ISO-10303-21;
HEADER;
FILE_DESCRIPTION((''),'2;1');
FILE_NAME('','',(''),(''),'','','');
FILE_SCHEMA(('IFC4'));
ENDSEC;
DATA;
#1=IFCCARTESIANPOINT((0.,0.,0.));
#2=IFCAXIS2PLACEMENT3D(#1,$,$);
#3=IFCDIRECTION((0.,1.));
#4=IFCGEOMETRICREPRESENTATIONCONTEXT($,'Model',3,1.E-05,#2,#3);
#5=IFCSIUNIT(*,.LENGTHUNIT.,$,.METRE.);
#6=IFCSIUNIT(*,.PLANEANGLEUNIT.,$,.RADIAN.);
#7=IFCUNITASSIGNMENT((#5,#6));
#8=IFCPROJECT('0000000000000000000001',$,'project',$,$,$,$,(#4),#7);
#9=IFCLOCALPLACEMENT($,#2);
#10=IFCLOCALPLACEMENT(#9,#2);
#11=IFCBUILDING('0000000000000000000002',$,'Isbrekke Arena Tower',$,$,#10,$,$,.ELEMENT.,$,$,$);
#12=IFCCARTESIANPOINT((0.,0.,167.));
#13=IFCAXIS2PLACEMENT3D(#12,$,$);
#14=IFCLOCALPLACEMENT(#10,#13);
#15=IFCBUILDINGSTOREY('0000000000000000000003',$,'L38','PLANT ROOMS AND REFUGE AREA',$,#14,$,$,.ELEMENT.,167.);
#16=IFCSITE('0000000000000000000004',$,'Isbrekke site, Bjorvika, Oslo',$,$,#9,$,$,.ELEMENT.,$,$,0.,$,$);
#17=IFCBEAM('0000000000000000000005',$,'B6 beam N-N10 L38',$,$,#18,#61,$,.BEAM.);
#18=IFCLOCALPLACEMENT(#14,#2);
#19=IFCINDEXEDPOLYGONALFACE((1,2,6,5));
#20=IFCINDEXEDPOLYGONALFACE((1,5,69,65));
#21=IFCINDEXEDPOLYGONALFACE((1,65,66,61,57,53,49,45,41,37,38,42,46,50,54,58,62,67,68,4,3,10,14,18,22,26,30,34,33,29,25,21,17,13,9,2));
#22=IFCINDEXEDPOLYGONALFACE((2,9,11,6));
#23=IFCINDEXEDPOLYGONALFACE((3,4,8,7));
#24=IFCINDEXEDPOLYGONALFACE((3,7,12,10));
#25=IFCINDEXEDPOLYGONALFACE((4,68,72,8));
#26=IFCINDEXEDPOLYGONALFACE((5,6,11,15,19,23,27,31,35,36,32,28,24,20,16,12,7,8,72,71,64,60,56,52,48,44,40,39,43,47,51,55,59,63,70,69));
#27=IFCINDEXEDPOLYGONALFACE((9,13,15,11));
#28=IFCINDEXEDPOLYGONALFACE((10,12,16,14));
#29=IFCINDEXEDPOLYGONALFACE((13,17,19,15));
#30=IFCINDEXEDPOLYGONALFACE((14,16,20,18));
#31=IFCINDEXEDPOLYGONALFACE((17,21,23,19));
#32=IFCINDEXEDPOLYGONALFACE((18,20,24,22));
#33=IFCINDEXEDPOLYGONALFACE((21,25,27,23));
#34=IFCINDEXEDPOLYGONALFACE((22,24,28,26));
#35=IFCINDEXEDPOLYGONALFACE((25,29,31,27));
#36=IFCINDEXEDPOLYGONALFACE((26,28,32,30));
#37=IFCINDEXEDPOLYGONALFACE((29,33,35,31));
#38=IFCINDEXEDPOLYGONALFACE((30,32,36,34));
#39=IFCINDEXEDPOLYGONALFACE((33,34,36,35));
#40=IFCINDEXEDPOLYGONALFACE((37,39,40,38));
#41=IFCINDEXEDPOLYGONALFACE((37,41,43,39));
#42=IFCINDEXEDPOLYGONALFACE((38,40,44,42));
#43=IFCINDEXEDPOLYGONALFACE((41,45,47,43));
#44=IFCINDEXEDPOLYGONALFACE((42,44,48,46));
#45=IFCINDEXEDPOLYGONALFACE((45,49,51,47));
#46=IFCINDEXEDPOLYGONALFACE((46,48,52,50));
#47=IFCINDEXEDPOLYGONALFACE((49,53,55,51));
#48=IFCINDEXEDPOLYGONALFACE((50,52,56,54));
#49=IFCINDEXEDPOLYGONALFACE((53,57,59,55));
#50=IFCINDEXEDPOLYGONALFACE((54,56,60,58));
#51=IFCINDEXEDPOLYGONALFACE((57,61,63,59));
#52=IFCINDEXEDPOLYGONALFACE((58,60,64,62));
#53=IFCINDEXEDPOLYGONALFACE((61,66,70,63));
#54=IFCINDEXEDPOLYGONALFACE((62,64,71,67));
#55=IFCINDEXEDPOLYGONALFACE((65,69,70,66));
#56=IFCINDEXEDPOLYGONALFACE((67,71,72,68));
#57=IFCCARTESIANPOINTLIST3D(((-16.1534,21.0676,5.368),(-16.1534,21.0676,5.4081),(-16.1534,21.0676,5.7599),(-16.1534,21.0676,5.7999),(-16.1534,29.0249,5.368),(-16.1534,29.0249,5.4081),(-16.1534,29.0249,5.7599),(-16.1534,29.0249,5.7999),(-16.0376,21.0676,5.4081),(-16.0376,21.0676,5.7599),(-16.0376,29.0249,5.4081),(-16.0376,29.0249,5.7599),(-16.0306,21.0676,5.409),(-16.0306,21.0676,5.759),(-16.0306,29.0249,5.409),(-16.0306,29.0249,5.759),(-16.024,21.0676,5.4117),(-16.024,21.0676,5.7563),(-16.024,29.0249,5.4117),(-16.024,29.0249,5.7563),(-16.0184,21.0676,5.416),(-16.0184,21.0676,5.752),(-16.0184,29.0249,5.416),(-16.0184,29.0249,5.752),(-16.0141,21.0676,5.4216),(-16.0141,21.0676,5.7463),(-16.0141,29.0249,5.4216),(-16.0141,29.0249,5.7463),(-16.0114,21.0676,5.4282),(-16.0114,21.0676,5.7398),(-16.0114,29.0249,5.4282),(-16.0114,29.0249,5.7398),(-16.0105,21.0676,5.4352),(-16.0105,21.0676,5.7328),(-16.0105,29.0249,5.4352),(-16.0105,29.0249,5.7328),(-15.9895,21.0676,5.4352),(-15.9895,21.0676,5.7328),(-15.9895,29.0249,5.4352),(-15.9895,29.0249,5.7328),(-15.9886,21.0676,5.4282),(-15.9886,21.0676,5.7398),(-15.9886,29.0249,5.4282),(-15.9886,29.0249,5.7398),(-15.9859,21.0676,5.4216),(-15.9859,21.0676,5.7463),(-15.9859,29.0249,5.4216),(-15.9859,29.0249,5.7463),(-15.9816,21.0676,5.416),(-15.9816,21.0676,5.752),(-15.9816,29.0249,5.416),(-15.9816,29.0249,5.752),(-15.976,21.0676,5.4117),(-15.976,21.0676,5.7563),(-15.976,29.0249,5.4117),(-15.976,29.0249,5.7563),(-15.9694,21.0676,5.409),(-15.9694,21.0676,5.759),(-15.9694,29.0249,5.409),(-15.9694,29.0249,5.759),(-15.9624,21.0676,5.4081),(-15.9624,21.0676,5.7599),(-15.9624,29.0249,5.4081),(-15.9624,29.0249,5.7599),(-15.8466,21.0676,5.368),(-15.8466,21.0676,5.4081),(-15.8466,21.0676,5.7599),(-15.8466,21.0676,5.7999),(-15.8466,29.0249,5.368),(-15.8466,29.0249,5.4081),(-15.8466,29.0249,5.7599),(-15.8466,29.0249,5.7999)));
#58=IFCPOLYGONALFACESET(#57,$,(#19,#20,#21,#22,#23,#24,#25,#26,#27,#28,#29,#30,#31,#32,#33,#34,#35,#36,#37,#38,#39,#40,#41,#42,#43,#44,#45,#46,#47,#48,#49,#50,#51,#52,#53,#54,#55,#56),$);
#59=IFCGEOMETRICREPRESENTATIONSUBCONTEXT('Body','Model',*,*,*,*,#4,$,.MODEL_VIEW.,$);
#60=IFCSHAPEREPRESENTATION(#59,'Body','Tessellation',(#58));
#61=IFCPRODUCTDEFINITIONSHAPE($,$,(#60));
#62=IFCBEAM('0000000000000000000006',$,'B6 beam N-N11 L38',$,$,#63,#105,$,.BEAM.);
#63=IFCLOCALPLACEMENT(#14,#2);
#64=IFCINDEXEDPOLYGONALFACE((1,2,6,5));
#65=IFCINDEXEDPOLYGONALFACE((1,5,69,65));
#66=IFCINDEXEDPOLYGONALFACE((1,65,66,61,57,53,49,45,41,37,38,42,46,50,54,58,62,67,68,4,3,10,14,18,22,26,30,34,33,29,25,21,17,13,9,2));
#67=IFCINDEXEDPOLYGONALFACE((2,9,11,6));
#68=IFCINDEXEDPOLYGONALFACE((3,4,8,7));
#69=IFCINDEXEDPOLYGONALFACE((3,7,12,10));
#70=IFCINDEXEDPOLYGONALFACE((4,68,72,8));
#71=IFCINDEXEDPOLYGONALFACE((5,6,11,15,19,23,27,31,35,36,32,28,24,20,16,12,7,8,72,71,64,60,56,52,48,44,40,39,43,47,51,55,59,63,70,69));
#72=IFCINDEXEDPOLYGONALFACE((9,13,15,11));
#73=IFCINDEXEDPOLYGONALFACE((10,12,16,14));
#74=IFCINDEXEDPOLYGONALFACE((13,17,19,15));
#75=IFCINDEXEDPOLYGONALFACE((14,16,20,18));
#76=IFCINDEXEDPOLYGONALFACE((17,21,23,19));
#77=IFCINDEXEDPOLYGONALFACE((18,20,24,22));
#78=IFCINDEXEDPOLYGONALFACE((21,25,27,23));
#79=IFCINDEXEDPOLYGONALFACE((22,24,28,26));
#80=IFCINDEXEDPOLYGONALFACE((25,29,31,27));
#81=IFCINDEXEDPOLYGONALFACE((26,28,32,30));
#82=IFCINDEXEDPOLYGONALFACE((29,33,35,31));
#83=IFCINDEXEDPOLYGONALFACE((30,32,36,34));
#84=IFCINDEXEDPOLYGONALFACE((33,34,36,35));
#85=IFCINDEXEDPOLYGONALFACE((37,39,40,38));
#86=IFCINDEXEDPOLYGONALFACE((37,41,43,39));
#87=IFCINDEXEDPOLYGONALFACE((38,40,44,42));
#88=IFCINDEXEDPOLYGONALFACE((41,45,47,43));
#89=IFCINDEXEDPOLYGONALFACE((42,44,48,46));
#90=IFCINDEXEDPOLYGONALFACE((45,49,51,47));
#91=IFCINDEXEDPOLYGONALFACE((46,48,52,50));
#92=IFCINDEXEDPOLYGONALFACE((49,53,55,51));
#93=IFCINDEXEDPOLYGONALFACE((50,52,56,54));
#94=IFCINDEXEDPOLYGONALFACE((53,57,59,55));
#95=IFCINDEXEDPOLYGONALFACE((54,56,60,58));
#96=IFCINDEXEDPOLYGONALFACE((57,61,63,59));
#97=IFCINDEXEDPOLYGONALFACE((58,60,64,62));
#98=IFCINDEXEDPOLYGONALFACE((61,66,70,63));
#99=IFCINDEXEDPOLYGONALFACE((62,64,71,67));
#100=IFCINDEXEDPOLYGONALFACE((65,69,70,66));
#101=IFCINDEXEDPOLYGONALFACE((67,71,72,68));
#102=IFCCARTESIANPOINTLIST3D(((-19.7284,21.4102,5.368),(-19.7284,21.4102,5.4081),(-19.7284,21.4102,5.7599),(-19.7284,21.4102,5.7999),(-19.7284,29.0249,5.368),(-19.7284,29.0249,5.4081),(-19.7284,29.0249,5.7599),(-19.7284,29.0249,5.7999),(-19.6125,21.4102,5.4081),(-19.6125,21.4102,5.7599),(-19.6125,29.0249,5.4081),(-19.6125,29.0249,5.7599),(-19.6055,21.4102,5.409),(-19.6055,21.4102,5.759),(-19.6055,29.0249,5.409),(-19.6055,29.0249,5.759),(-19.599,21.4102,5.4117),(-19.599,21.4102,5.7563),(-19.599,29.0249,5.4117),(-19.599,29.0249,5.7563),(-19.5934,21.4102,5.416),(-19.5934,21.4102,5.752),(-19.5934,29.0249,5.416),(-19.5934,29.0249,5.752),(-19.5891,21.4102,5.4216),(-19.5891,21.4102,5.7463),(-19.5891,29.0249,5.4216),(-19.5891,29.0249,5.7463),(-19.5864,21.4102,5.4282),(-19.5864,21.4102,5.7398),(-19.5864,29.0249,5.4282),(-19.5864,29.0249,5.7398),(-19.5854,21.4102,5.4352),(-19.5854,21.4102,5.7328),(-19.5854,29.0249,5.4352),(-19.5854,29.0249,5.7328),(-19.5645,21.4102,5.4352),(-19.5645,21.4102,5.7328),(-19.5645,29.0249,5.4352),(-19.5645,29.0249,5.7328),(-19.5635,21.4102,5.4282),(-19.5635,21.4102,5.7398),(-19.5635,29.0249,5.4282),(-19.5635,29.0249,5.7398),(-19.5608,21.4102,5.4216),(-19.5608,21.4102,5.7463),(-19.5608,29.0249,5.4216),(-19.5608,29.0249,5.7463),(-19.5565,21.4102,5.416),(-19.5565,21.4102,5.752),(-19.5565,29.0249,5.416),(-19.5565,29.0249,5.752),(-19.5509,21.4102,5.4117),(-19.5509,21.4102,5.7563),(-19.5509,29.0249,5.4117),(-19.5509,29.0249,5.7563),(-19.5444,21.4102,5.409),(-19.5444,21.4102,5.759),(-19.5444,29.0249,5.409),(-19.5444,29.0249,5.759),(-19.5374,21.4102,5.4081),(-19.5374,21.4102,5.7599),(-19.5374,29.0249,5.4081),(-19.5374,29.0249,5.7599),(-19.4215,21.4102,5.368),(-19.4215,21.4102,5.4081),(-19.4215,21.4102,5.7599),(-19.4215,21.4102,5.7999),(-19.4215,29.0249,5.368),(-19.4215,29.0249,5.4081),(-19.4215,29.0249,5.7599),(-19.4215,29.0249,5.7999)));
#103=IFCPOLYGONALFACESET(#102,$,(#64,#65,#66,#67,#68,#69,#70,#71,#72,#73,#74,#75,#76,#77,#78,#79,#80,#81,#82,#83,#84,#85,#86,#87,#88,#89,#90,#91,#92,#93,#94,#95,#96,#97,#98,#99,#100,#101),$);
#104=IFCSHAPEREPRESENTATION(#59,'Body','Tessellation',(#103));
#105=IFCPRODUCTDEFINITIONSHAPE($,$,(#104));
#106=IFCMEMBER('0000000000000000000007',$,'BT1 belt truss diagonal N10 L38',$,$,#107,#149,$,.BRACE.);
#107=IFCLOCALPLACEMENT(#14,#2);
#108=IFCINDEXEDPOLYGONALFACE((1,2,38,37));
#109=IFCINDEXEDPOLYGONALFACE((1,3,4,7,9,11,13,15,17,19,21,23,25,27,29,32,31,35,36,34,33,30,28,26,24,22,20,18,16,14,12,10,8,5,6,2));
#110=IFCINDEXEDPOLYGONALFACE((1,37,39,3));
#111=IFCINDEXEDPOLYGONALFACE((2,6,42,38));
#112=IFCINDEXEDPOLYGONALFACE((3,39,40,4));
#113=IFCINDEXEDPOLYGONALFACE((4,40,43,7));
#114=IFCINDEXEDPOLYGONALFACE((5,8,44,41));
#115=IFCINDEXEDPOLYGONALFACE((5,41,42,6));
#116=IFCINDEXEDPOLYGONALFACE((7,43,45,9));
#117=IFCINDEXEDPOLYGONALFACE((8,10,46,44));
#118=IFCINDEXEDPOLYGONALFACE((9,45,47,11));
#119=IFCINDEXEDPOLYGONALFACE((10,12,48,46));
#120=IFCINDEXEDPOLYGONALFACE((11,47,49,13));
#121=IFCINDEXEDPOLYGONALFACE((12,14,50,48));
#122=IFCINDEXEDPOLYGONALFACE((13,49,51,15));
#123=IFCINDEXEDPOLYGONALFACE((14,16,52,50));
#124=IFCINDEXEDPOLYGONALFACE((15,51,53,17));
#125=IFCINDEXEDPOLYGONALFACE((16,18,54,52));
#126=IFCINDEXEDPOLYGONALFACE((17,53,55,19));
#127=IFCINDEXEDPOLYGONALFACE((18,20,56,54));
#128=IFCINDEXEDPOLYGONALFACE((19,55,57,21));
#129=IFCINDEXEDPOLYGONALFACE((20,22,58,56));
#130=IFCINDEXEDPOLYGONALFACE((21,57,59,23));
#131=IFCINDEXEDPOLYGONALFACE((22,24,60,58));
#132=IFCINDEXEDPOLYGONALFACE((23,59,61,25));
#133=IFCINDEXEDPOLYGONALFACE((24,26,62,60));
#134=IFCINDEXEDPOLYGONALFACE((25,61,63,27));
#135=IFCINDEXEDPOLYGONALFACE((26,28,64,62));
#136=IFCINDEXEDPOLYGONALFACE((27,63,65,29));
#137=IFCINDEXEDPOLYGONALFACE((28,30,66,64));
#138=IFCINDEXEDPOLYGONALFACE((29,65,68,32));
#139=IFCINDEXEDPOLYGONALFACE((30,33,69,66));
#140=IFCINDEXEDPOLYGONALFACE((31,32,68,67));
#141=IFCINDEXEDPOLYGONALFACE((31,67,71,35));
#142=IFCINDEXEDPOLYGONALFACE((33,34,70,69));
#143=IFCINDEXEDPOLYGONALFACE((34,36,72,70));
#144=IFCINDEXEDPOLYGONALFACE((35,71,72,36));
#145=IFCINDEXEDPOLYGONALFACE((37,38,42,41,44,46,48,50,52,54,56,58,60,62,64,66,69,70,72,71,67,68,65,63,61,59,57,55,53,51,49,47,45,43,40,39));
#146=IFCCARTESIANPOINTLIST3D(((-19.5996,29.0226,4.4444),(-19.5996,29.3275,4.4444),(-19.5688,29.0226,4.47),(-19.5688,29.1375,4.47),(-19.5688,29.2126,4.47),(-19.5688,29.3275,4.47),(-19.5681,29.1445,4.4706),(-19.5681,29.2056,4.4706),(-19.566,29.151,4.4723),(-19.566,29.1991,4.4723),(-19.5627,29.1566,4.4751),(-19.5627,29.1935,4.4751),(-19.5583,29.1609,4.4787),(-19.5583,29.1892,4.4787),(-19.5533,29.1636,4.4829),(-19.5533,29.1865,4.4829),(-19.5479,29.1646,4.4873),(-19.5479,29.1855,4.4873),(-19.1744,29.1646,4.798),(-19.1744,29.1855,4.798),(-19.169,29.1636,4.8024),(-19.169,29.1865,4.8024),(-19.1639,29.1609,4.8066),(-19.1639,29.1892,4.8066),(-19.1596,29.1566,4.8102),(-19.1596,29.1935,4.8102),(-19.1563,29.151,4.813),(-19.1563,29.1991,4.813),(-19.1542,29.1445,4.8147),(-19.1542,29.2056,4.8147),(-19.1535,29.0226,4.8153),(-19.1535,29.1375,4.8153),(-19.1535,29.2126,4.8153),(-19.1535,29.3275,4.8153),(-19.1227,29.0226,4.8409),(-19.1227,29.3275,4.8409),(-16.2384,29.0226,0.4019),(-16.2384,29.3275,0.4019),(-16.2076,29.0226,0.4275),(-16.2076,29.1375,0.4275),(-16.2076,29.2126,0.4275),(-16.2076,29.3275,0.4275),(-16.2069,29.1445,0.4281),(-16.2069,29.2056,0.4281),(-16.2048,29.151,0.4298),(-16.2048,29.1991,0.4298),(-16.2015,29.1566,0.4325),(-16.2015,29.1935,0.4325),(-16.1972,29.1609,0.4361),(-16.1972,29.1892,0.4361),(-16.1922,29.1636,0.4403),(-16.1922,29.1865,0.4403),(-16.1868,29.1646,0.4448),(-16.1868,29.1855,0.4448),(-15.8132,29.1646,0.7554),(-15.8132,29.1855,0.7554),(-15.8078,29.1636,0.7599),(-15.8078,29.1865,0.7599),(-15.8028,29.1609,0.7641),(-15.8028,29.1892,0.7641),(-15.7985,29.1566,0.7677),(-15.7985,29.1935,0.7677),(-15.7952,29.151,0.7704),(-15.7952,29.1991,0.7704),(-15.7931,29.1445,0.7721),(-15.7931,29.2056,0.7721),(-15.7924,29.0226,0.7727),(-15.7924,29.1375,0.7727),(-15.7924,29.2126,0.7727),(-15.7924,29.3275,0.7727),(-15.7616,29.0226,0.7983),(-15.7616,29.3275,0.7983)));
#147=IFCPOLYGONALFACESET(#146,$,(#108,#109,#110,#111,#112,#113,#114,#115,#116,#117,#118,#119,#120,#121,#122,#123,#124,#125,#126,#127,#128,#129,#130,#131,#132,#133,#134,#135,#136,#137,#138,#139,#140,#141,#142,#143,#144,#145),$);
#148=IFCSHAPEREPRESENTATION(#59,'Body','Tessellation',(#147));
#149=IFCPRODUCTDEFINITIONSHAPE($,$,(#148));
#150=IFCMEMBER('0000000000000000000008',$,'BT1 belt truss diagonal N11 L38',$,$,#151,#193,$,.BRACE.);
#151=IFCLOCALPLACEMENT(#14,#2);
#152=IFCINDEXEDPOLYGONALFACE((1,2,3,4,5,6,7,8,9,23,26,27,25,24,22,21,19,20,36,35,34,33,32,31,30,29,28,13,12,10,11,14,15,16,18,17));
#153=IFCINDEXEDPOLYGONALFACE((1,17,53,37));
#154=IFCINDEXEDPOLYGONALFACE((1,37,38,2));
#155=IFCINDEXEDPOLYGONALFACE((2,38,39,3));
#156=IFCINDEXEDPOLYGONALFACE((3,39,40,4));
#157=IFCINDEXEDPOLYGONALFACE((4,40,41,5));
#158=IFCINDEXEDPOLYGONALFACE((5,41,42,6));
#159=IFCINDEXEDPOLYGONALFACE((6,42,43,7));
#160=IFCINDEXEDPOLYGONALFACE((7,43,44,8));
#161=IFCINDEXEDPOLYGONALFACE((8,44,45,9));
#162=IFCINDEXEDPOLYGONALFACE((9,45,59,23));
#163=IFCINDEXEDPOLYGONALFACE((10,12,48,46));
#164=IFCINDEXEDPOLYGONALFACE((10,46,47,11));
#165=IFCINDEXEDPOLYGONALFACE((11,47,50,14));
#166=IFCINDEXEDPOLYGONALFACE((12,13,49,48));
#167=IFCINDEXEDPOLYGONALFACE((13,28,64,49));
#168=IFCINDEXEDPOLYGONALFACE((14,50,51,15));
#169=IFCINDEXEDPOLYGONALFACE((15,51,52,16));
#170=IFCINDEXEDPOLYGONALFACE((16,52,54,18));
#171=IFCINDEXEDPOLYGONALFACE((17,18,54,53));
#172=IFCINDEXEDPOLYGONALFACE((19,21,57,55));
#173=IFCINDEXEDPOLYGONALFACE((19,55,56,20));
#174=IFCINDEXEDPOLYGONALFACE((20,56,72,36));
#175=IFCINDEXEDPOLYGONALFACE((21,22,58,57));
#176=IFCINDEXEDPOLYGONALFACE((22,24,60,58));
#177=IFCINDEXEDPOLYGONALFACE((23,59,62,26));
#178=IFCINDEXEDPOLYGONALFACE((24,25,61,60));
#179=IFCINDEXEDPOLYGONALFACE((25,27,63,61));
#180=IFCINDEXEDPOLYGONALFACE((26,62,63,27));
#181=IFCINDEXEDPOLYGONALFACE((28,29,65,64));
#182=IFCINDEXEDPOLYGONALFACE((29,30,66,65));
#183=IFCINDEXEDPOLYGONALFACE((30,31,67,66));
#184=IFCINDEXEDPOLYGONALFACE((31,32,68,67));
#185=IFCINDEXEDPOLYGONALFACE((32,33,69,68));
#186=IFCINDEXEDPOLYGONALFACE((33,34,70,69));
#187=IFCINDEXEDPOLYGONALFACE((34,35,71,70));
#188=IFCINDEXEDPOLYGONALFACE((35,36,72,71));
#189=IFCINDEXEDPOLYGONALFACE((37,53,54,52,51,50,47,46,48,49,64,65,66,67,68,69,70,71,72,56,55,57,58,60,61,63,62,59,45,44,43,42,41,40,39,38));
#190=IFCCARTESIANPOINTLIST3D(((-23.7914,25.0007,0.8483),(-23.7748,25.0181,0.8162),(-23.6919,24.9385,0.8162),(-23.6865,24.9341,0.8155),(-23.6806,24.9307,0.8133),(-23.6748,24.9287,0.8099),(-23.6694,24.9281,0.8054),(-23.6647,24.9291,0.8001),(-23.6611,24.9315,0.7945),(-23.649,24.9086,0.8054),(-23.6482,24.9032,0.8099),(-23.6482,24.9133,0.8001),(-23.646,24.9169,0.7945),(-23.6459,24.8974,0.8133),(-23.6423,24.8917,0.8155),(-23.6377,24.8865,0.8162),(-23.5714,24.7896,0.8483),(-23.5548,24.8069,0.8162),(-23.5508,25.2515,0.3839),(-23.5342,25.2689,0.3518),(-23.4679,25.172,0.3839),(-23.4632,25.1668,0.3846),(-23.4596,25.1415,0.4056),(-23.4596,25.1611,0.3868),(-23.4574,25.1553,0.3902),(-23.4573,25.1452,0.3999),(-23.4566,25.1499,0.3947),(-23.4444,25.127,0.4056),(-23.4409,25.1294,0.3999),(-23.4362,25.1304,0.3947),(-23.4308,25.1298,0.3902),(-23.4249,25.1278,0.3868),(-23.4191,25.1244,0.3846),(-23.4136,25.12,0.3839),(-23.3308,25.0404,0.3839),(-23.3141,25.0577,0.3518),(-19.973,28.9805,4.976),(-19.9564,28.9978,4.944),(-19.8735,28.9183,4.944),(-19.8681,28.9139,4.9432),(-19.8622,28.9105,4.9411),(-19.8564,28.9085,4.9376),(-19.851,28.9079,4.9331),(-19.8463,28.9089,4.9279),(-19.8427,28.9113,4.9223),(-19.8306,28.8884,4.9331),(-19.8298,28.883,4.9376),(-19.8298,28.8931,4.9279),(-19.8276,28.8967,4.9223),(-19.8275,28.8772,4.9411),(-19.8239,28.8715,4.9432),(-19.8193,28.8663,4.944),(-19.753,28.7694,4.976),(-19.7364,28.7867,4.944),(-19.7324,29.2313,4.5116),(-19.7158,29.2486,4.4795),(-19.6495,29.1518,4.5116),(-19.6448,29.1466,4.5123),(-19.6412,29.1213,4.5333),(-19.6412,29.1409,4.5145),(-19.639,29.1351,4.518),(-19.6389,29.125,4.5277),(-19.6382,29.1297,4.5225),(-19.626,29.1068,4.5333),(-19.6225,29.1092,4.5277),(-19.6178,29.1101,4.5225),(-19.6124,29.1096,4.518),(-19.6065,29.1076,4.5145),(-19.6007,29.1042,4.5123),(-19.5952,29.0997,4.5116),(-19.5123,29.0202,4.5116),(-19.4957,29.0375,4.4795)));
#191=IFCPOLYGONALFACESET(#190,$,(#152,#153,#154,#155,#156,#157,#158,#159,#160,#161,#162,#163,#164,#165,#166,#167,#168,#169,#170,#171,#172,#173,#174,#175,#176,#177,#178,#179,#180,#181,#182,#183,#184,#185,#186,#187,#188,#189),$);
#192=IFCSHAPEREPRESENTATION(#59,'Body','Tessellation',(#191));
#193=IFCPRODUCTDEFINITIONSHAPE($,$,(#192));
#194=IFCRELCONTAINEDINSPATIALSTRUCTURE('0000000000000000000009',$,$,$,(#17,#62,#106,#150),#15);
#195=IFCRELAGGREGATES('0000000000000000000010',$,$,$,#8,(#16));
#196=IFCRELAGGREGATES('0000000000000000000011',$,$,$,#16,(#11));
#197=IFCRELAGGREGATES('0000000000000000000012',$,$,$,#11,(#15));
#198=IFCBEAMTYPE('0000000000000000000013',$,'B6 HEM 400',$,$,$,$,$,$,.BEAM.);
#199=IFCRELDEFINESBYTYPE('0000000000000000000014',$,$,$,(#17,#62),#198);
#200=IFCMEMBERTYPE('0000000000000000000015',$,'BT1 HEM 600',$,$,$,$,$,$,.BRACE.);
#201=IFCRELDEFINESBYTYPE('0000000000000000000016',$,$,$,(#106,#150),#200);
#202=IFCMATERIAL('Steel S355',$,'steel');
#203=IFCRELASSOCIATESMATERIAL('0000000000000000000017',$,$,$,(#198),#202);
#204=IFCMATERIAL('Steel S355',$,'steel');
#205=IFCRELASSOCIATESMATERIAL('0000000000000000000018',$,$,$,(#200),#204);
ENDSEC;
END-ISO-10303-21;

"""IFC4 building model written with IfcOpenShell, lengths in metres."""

from ifc_helpers import new_model, si_unit, direction, frame, origin, origin_2d, place, context, subcontext, project, spatial, i_section, extrude, material, material_profile, profile_set, type_object, element, save


model = new_model("IFC4")

# Units and contexts
model_context = context("Model", 3, precision=1e-05, world=origin(), true_north=direction((0.0, 1.0)))
body_context = subcontext(model_context, "Body", "Model", "MODEL_VIEW")
ifc_project = project(units=[si_unit("LENGTHUNIT", "METRE"), si_unit("PLANEANGLEUNIT", "RADIAN")], contexts=[model_context])

# Site, building, storey
site_placement = place(None, origin())
site = spatial("IfcSite", under=ifc_project, at=site_placement, Name="Isbrekke site, Bjorvika, Oslo", CompositionType="ELEMENT", RefElevation=0.0)
building_placement = place(site_placement, origin())
building = spatial("IfcBuilding", under=site, at=building_placement, Name="Isbrekke Arena Tower", CompositionType="ELEMENT")
storey_placement = place(building_placement, frame((0.0, 0.0, 167.0)))
storey = spatial("IfcBuildingStorey", under=building, at=storey_placement, Name="L38", Description="PLANT ROOMS AND REFUGE AREA", CompositionType="ELEMENT", Elevation=167.0)

# Beams
ifc_material_1 = material(Name="Steel S355", Category="steel")
ifc_material_profile_1 = material_profile(ifc_material_1, i_section(OverallWidth=0.3069, OverallDepth=0.4319, WebThickness=0.021, FlangeThickness=0.04, FilletRadius=0.0271, at=origin_2d()), Name="HEM 400")
ifc_profile_set_1 = profile_set([ifc_material_profile_1], Name="Steel S355")
beam_type_1 = type_object("IfcBeamType", Name="B6 HEM 400", PredefinedType="BEAM", material=ifc_profile_set_1)
beam_1_placement = place(storey_placement, frame((-16.0, 29.0249, 5.584), z_axis=(0.0, -1.0, 0.0), x_axis=(1.0, 0.0, 0.0)))
element("IfcBeam", 1, at=beam_1_placement, inside=storey, type_object=beam_type_1, Name="B6 beam N-N10 L38", PredefinedType="BEAM", context=body_context, shape_type="SweptSolid", body=[
    extrude(i_section(OverallWidth=0.3069, OverallDepth=0.4319, WebThickness=0.021, FlangeThickness=0.04, FilletRadius=0.0271, at=origin_2d()), origin(), (0.0, 0.0, 1.0), 7.9573),
])
beam_2_placement = place(storey_placement, frame((-19.575, 29.0249, 5.584), z_axis=(0.0, -1.0, 0.0), x_axis=(1.0, 0.0, 0.0)))
element("IfcBeam", 2, at=beam_2_placement, inside=storey, type_object=beam_type_1, Name="B6 beam N-N11 L38", PredefinedType="BEAM", context=body_context, shape_type="SweptSolid", body=[
    extrude(i_section(OverallWidth=0.3069, OverallDepth=0.4319, WebThickness=0.021, FlangeThickness=0.04, FilletRadius=0.0271, at=origin_2d()), origin(), (0.0, 0.0, 1.0), 7.6147),
])

# Members
ifc_material_2 = material(Name="Steel S355", Category="steel")
ifc_material_profile_2 = material_profile(ifc_material_2, i_section(OverallWidth=0.3049, OverallDepth=0.6201, WebThickness=0.021, FlangeThickness=0.04, FilletRadius=0.0271, at=origin_2d()), Name="HEM 600")
ifc_profile_set_2 = profile_set([ifc_material_profile_2], Name="Steel S355")
member_type_1 = type_object("IfcMemberType", Name="BT1 HEM 600", PredefinedType="BRACE", material=ifc_profile_set_2)
member_1_placement = place(storey_placement, frame((-16.0, 29.175, 0.6001), z_axis=(-0.639325, 0.0, 0.768936), x_axis=(0.0, -1.0, 0.0)))
element("IfcMember", 3, at=member_1_placement, inside=storey, type_object=member_type_1, Name="BT1 belt truss diagonal N10 L38", PredefinedType="BRACE", context=body_context, shape_type="SweptSolid", body=[
    extrude(i_section(OverallWidth=0.3049, OverallDepth=0.6201, WebThickness=0.021, FlangeThickness=0.04, FilletRadius=0.0271, at=origin_2d()), origin(), (0.0, 0.0, 1.0), 5.2573),
])
member_2_placement = place(storey_placement, frame((-19.7344, 29.009, 4.7278), z_axis=(-0.554283, -0.577709, -0.599185), x_axis=(0.721585, -0.692325, 0.0)))
element("IfcMember", 4, at=member_2_placement, inside=storey, type_object=member_type_1, Name="BT1 belt truss diagonal N11 L38", PredefinedType="BRACE", context=body_context, shape_type="SweptSolid", body=[
    extrude(i_section(OverallWidth=0.3049, OverallDepth=0.6201, WebThickness=0.021, FlangeThickness=0.04, FilletRadius=0.0271, at=origin_2d()), origin(), (0.0, 0.0, 1.0), 6.8889),
])

save(model, "model.ifc")
